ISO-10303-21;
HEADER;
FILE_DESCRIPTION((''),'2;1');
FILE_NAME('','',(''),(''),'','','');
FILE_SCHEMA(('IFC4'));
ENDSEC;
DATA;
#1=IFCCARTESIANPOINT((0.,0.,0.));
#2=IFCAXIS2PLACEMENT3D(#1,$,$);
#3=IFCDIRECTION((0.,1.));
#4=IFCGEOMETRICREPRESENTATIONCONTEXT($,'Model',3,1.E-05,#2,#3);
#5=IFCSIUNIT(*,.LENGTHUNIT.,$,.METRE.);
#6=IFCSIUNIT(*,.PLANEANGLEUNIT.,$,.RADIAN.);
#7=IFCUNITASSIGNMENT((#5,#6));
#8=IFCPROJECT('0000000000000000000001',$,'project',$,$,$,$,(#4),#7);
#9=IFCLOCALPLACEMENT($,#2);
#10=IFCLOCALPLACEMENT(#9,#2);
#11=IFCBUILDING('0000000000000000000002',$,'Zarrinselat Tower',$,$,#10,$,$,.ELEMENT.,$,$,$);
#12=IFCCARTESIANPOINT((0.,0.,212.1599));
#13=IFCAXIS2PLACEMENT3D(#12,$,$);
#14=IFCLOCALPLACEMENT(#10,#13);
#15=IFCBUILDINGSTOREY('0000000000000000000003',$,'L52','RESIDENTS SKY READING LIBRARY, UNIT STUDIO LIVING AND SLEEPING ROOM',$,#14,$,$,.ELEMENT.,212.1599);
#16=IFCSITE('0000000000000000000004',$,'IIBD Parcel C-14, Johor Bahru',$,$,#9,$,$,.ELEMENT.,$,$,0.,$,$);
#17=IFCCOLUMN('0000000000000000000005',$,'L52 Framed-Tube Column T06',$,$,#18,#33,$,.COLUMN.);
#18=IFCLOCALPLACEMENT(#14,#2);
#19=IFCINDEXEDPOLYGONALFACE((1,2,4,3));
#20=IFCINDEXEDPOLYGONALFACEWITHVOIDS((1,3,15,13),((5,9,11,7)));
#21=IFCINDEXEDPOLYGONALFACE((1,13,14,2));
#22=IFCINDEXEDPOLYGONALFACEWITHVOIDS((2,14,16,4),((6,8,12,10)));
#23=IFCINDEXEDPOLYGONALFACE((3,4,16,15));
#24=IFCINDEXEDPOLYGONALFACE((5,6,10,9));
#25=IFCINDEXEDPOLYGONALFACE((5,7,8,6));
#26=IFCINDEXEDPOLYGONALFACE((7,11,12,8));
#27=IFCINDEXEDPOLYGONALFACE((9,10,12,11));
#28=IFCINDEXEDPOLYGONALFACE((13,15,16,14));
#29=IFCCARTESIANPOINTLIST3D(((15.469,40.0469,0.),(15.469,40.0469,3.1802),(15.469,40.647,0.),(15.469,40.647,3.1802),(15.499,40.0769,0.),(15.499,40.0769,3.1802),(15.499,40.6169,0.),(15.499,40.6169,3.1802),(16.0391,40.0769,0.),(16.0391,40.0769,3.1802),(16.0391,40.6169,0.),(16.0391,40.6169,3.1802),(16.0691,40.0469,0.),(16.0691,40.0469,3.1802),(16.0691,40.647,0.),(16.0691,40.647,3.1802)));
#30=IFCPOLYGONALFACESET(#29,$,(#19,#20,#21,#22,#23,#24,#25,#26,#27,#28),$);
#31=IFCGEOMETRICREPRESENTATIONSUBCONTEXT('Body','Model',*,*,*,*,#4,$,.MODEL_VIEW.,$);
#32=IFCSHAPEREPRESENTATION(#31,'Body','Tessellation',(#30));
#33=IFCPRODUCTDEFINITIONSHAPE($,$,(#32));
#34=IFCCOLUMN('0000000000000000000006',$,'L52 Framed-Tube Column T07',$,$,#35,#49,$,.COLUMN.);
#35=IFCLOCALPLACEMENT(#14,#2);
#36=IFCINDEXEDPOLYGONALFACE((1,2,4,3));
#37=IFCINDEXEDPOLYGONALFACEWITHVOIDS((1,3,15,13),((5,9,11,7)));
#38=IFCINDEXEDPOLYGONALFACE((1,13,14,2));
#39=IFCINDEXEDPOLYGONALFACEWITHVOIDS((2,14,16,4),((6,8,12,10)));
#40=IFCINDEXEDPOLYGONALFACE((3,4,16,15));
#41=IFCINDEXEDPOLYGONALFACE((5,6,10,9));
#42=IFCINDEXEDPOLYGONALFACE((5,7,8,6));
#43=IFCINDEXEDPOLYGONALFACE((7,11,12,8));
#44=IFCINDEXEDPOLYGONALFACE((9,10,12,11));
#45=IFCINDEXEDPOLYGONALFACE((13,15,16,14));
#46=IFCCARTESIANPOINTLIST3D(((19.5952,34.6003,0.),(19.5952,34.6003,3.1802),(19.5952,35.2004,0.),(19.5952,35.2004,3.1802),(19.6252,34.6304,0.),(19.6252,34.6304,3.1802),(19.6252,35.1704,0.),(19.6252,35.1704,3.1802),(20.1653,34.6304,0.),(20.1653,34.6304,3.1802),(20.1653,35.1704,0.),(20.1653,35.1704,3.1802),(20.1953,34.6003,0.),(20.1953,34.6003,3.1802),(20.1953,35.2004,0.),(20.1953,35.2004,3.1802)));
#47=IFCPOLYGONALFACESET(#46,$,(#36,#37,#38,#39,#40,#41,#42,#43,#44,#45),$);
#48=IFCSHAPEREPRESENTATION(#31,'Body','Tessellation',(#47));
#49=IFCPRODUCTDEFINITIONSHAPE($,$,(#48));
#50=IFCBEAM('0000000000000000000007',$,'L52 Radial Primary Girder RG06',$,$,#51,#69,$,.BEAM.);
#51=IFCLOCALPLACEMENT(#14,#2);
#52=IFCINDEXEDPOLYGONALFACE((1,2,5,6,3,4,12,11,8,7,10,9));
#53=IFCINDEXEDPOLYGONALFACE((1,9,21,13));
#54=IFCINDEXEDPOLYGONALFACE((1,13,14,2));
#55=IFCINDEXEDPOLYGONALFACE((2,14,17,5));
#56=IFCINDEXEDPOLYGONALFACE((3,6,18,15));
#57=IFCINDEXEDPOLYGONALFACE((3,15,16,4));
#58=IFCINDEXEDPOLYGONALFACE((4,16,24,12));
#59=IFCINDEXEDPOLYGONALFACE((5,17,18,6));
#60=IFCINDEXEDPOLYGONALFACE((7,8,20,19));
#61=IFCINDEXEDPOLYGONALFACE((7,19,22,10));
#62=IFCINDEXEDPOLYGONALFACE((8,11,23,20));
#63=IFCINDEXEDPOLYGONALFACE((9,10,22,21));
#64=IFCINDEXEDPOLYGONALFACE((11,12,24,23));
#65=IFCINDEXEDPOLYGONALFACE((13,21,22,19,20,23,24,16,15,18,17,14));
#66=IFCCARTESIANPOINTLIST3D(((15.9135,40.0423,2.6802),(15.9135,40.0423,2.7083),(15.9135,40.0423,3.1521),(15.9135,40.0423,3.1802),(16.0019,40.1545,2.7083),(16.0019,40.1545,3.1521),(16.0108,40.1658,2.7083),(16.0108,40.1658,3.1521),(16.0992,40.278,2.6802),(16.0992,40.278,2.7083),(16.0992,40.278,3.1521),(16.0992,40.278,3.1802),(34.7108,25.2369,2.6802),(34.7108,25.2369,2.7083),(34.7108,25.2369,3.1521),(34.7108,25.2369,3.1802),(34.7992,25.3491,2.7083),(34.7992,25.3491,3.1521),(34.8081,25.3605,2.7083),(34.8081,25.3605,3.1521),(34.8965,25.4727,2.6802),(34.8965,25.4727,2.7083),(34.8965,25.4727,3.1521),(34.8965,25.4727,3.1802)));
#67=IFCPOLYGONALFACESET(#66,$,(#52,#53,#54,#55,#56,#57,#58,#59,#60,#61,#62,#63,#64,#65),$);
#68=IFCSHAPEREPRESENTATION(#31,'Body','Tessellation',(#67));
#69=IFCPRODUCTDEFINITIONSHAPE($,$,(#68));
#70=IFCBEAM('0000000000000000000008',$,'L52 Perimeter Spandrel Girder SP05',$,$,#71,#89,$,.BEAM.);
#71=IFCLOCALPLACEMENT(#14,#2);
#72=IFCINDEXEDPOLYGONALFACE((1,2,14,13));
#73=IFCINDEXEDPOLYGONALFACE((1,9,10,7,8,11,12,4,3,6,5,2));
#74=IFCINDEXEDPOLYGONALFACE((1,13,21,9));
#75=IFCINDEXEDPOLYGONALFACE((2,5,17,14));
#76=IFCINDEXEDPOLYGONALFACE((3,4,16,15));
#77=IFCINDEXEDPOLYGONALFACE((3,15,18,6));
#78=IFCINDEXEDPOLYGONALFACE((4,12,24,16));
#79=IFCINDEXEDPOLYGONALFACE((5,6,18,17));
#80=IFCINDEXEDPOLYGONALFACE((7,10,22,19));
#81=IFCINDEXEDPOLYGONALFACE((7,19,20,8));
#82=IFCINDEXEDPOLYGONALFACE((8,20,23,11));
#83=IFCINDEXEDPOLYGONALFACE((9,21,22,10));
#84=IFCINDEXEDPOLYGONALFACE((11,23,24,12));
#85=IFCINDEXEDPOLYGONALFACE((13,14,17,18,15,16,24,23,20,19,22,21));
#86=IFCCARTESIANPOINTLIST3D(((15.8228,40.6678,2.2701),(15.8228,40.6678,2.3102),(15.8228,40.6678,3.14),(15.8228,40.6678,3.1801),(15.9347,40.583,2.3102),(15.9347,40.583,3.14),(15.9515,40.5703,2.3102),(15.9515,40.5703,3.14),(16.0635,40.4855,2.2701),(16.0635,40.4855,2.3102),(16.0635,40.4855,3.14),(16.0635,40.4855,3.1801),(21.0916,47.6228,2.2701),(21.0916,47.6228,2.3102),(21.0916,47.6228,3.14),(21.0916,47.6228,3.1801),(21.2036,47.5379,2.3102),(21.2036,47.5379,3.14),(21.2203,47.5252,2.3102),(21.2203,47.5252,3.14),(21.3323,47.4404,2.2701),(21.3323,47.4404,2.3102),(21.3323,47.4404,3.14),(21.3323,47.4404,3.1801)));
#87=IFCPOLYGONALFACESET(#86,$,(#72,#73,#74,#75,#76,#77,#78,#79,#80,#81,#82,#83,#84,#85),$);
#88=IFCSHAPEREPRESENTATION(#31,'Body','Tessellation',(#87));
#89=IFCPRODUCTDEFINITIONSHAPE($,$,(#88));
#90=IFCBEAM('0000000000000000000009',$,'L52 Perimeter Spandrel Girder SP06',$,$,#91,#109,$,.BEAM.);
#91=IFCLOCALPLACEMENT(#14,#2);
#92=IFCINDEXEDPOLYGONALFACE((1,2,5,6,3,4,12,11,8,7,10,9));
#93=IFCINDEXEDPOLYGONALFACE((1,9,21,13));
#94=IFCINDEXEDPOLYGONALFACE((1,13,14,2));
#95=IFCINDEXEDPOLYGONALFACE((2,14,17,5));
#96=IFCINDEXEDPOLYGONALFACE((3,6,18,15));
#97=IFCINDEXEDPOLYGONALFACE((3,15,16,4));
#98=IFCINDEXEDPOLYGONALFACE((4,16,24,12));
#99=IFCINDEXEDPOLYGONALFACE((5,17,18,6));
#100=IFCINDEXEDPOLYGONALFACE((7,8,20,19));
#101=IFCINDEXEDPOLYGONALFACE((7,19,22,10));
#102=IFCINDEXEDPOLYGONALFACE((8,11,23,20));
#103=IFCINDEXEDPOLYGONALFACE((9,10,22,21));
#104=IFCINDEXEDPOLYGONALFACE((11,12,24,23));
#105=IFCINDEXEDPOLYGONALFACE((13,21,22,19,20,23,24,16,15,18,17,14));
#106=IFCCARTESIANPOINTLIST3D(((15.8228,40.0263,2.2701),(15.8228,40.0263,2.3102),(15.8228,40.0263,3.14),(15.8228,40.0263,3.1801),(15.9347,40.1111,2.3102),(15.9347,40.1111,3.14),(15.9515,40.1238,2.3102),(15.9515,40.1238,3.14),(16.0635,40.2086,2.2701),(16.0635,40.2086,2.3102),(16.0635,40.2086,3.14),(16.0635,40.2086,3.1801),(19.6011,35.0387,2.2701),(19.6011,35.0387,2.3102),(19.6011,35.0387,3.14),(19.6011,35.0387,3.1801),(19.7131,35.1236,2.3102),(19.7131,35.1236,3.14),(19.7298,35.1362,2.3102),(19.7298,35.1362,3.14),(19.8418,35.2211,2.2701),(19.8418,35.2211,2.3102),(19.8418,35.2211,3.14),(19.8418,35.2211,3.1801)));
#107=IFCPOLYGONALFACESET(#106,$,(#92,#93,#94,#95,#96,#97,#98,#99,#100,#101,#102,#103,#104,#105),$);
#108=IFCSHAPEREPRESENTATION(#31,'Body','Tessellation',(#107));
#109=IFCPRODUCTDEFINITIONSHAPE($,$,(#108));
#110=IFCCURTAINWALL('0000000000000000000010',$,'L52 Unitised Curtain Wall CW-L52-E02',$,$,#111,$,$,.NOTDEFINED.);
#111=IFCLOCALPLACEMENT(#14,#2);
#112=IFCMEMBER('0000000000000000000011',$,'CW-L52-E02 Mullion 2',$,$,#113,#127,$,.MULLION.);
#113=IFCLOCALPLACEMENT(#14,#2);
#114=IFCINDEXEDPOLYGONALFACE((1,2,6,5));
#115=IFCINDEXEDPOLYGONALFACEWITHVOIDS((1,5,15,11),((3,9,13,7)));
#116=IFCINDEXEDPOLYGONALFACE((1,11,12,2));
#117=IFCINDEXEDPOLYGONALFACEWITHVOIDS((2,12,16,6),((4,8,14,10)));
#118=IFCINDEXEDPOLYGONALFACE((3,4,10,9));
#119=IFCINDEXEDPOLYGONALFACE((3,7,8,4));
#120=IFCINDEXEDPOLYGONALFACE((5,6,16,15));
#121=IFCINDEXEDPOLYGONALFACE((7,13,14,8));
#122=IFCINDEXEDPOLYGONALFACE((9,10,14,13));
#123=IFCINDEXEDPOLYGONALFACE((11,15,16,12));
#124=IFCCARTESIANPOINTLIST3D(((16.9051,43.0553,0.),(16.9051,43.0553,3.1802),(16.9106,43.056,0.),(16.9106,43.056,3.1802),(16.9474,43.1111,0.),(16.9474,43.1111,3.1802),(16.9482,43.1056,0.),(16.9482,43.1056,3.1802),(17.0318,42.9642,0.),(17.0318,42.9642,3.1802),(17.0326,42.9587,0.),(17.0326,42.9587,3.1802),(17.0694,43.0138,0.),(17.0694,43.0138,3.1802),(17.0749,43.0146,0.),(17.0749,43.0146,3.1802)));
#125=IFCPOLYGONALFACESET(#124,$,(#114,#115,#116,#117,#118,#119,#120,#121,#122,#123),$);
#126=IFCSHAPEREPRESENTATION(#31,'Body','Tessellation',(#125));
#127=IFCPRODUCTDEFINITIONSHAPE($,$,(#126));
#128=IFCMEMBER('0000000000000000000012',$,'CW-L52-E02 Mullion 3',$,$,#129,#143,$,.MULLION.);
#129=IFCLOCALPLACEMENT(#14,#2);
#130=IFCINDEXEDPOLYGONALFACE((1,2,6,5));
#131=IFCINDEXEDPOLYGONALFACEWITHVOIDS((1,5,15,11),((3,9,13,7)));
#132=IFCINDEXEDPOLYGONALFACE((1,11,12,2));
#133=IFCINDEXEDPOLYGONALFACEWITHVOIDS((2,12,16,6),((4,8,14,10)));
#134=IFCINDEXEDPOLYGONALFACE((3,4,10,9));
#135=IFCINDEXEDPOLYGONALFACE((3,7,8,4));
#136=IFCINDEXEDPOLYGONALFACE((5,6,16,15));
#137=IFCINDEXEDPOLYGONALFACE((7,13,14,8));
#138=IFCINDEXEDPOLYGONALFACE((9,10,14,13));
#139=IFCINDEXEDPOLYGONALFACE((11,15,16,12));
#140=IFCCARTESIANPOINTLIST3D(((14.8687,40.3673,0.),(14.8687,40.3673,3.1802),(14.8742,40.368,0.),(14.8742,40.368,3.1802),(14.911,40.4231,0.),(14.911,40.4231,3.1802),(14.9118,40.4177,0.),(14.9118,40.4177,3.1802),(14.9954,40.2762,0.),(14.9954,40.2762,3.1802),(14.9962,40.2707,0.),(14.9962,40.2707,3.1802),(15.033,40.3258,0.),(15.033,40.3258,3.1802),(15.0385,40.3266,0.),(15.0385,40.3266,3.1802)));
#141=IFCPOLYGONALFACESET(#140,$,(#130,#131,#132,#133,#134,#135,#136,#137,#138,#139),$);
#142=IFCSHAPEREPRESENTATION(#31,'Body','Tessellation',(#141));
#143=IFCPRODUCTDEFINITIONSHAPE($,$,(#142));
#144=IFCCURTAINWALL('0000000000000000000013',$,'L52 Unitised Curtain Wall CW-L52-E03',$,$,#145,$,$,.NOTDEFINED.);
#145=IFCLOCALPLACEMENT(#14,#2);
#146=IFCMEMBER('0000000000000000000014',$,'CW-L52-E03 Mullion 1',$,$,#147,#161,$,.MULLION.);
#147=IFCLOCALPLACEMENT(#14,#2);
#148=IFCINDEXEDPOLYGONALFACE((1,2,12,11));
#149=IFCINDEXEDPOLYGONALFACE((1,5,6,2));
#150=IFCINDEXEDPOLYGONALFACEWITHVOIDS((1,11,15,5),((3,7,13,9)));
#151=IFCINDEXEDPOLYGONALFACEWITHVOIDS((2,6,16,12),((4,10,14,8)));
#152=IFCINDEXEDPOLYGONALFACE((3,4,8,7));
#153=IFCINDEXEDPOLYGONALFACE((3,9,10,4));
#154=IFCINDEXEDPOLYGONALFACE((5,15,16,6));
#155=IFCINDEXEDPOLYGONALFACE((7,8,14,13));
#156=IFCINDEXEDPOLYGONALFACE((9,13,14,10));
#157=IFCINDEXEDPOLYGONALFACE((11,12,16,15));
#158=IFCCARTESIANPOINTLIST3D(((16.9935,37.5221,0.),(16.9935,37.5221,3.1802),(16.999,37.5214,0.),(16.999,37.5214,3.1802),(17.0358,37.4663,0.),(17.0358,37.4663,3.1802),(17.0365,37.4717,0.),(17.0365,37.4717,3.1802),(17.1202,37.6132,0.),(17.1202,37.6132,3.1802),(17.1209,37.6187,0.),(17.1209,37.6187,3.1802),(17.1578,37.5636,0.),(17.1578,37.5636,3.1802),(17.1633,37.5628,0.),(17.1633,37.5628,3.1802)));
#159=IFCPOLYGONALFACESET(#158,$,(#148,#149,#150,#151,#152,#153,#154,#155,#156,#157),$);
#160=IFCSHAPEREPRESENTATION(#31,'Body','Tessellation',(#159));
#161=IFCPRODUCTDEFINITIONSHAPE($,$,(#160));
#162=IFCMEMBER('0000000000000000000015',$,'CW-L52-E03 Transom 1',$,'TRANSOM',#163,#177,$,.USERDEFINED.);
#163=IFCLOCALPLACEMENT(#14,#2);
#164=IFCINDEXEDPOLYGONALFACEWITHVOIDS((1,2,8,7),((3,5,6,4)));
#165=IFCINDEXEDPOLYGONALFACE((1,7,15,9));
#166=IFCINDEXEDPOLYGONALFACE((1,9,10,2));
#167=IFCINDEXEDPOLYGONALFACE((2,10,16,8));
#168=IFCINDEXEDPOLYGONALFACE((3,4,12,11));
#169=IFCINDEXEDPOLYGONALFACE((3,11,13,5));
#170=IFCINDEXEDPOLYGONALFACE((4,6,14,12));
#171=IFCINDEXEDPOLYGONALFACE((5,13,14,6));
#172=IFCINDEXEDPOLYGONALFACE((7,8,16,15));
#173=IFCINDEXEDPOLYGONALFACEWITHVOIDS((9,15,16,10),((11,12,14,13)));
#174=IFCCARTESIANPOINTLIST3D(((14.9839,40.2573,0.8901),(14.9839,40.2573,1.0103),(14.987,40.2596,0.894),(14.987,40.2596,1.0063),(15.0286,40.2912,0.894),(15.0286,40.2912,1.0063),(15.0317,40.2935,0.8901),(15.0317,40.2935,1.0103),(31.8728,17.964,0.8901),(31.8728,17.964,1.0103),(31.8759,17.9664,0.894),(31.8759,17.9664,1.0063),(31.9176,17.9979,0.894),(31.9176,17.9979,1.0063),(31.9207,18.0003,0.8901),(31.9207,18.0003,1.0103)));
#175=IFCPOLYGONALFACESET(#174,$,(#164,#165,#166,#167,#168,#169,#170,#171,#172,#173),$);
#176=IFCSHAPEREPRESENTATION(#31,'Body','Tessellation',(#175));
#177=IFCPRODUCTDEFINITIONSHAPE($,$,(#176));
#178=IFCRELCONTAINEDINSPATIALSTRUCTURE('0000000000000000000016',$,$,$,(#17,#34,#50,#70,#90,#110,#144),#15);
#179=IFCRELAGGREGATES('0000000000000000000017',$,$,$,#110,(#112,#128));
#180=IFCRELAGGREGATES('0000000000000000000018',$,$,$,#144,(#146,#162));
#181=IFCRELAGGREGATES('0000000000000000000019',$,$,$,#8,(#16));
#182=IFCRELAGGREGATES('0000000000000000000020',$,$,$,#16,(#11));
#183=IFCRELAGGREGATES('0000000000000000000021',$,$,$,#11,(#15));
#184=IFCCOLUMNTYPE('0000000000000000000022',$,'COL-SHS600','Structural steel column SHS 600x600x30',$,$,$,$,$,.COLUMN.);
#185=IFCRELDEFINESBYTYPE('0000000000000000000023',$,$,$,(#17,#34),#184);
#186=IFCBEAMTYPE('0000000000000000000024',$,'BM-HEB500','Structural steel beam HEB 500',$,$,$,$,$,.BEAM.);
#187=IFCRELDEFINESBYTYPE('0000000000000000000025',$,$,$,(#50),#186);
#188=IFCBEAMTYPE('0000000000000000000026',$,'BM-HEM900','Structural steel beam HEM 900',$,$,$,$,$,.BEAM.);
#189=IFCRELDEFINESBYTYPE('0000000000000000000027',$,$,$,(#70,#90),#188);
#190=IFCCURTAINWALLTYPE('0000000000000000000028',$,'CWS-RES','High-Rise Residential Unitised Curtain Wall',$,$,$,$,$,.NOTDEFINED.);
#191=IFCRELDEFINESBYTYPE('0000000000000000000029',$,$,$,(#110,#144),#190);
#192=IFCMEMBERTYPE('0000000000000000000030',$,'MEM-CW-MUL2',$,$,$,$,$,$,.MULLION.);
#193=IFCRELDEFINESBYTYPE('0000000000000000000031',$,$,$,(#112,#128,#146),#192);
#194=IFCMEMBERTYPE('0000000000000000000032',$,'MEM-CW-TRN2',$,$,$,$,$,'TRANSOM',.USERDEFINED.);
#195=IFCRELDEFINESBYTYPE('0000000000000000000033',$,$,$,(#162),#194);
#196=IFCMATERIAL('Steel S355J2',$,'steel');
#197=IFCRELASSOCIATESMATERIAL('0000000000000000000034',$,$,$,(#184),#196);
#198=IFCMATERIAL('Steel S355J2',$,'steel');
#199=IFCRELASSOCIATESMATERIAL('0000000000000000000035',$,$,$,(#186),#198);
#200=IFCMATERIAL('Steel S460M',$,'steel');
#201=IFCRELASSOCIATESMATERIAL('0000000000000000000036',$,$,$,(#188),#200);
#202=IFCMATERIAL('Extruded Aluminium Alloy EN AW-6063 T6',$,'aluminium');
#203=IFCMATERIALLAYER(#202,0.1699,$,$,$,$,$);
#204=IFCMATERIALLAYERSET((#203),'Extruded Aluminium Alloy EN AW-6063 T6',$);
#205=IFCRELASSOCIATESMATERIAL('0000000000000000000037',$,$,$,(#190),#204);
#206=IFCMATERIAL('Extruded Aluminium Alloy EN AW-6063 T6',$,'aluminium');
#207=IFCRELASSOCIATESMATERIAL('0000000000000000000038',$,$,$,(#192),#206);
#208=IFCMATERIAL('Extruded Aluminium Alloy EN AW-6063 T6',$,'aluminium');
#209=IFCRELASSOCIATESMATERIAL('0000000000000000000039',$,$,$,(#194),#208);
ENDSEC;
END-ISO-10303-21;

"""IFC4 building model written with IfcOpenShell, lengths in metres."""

from ifc_helpers import new_model, si_unit, direction, frame, origin, origin_2d, place, context, subcontext, project, spatial, hollow_rectangle, i_section, extrude, material, layer, layer_set, material_profile, profile_set, type_object, element, aggregate, save


model = new_model("IFC4")

# Units and contexts
model_context = context("Model", 3, precision=1e-05, world=origin(), true_north=direction((0.0, 1.0)))
body_context = subcontext(model_context, "Body", "Model", "MODEL_VIEW")
ifc_project = project(units=[si_unit("LENGTHUNIT", "METRE"), si_unit("PLANEANGLEUNIT", "RADIAN")], contexts=[model_context])

# Site, building, storey
site_placement = place(None, origin())
site = spatial("IfcSite", under=ifc_project, at=site_placement, Name="IIBD Parcel C-14, Johor Bahru", CompositionType="ELEMENT", RefElevation=0.0)
building_placement = place(site_placement, origin())
building = spatial("IfcBuilding", under=site, at=building_placement, Name="Zarrinselat Tower", CompositionType="ELEMENT")
storey_placement = place(building_placement, frame((0.0, 0.0, 212.1599)))
storey = spatial("IfcBuildingStorey", under=building, at=storey_placement, Name="L52", Description="RESIDENTS SKY READING LIBRARY, UNIT STUDIO LIVING AND SLEEPING ROOM", CompositionType="ELEMENT", Elevation=212.1599)

# Columns
ifc_material_1 = material(Name="Steel S355J2", Category="steel")
ifc_material_profile_1 = material_profile(ifc_material_1, hollow_rectangle(XDim=0.6001, YDim=0.6001, WallThickness=0.03, at=origin_2d()), Name="SHS 600x600x30")
ifc_profile_set_1 = profile_set([ifc_material_profile_1], Name="Steel S355J2")
column_type = type_object("IfcColumnType", Name="COL-SHS600", Description="Structural steel column SHS 600x600x30", PredefinedType="COLUMN", material=ifc_profile_set_1)
for number, where, z_axis, x_axis, name in (
    (1, (15.769, 40.3469, 0.0), (0.0, 0.0, 1.0), (1.0, 0.0, 0.0), "L52 Framed-Tube Column T06"),
    (2, (19.8953, 34.9004, 0.0), (0.0, 0.0, 1.0), (1.0, 0.0, 0.0), "L52 Framed-Tube Column T07"),
):
    element("IfcColumn", number, at=place(storey_placement, frame(where, z_axis=z_axis, x_axis=x_axis)), inside=storey, type_object=column_type, Name=name, PredefinedType="COLUMN", context=body_context, shape_type="SweptSolid", body=[
        extrude(hollow_rectangle(XDim=0.6001, YDim=0.6001, WallThickness=0.03, at=origin_2d()), origin(), (0.0, 0.0, 1.0), 3.1802),
    ])

# Beams
ifc_material_2 = material(Name="Steel S355J2", Category="steel")
ifc_material_profile_2 = material_profile(ifc_material_2, i_section(OverallWidth=0.3, OverallDepth=0.5, WebThickness=0.0144, FlangeThickness=0.0281, at=origin_2d()), Name="HEB 500")
ifc_profile_set_2 = profile_set([ifc_material_profile_2], Name="Steel S355J2")
beam_type_1 = type_object("IfcBeamType", Name="BM-HEB500", Description="Structural steel beam HEB 500", PredefinedType="BEAM", material=ifc_profile_set_2)
beam_1_placement = place(storey_placement, frame((16.0063, 40.1602, 2.9302), z_axis=(0.785586, -0.618753, 0.0), x_axis=(0.618753, 0.785586, 0.0)))
element("IfcBeam", 3, at=beam_1_placement, inside=storey, type_object=beam_type_1, Name="L52 Radial Primary Girder RG06", PredefinedType="BEAM", context=body_context, shape_type="SweptSolid", body=[
    extrude(i_section(OverallWidth=0.3, OverallDepth=0.5, WebThickness=0.0144, FlangeThickness=0.0281, at=origin_2d()), origin(), (0.0, 0.0, 1.0), 23.9277),
])
ifc_material_3 = material(Name="Steel S460M", Category="steel")
ifc_material_profile_3 = material_profile(ifc_material_3, i_section(OverallWidth=0.302, OverallDepth=0.9099, WebThickness=0.021, FlangeThickness=0.04, at=origin_2d()), Name="HEM 900")
ifc_profile_set_3 = profile_set([ifc_material_profile_3], Name="Steel S460M")
beam_type_2 = type_object("IfcBeamType", Name="BM-HEM900", Description="Structural steel beam HEM 900", PredefinedType="BEAM", material=ifc_profile_set_3)
beam_2_placement = place(storey_placement, frame((15.9431, 40.5767, 2.7251), z_axis=(0.603857, 0.797093, 0.0), x_axis=(-0.797093, 0.603857, 0.0)))
element("IfcBeam", 4, at=beam_2_placement, inside=storey, type_object=beam_type_2, Name="L52 Perimeter Spandrel Girder SP05", PredefinedType="BEAM", context=body_context, shape_type="SweptSolid", body=[
    extrude(i_section(OverallWidth=0.302, OverallDepth=0.9099, WebThickness=0.021, FlangeThickness=0.04, at=origin_2d()), origin(), (0.0, 0.0, 1.0), 8.7253),
])
beam_3_placement = place(storey_placement, frame((15.9431, 40.1174, 2.7251), z_axis=(0.603845, -0.797102, 0.0), x_axis=(0.797102, 0.603845, 0.0)))
element("IfcBeam", 5, at=beam_3_placement, inside=storey, type_object=beam_type_2, Name="L52 Perimeter Spandrel Girder SP06", PredefinedType="BEAM", context=body_context, shape_type="SweptSolid", body=[
    extrude(i_section(OverallWidth=0.302, OverallDepth=0.9099, WebThickness=0.021, FlangeThickness=0.04, at=origin_2d()), origin(), (0.0, 0.0, 1.0), 6.2571),
])

# Curtain walls, members
ifc_material_4 = material(Name="Extruded Aluminium Alloy EN AW-6063 T6", Category="aluminium")
ifc_layer_1 = layer(ifc_material_4, 0.1699)
ifc_layer_set_1 = layer_set([ifc_layer_1], Name="Extruded Aluminium Alloy EN AW-6063 T6")
curtain_wall_type = type_object("IfcCurtainWallType", Name="CWS-RES", Description="High-Rise Residential Unitised Curtain Wall", PredefinedType="NOTDEFINED", material=ifc_layer_set_1)
curtain_wall_1_placement = place(storey_placement, origin())
curtain_wall_1 = element("IfcCurtainWall", 6, at=curtain_wall_1_placement, inside=storey, type_object=curtain_wall_type, Name="L52 Unitised Curtain Wall CW-L52-E02", PredefinedType="NOTDEFINED")
ifc_material_5 = material(Name="Extruded Aluminium Alloy EN AW-6063 T6", Category="aluminium")
ifc_material_profile_4 = material_profile(ifc_material_5, hollow_rectangle(XDim=0.0701, YDim=0.1599, WallThickness=0.0039, at=origin_2d()), Name="RHS 160x70x4")
ifc_profile_set_4 = profile_set([ifc_material_profile_4], Name="Extruded Aluminium Alloy EN AW-6063 T6")
member_type_1 = type_object("IfcMemberType", Name="MEM-CW-MUL2", PredefinedType="MULLION", material=ifc_profile_set_4)
member_1_placement = place(storey_placement, frame((16.99, 43.0349, 0.0), z_axis=(0.0, 0.0, 1.0), x_axis=(-0.603854, -0.797095, 0.0)))
member_1 = element("IfcMember", 7, at=member_1_placement, type_object=member_type_1, Name="CW-L52-E02 Mullion 2", PredefinedType="MULLION", context=body_context, shape_type="SweptSolid", body=[
    extrude(hollow_rectangle(XDim=0.0701, YDim=0.1599, WallThickness=0.0039, at=origin_2d()), origin(), (0.0, 0.0, 1.0), 3.1802),
])
member_2_placement = place(storey_placement, frame((14.9536, 40.3469, 0.0), z_axis=(0.0, 0.0, 1.0), x_axis=(-0.603854, -0.797095, 0.0)))
member_2 = element("IfcMember", 8, at=member_2_placement, type_object=member_type_1, Name="CW-L52-E02 Mullion 3", PredefinedType="MULLION", context=body_context, shape_type="SweptSolid", body=[
    extrude(hollow_rectangle(XDim=0.0701, YDim=0.1599, WallThickness=0.0039, at=origin_2d()), origin(), (0.0, 0.0, 1.0), 3.1802),
])
curtain_wall_2_placement = place(storey_placement, origin())
curtain_wall_2 = element("IfcCurtainWall", 9, at=curtain_wall_2_placement, inside=storey, type_object=curtain_wall_type, Name="L52 Unitised Curtain Wall CW-L52-E03", PredefinedType="NOTDEFINED")
member_3_placement = place(storey_placement, frame((17.0784, 37.5425, 0.0), z_axis=(0.0, 0.0, 1.0), x_axis=(0.603859, -0.797091, 0.0)))
member_3 = element("IfcMember", 10, at=member_3_placement, type_object=member_type_1, Name="CW-L52-E03 Mullion 1", PredefinedType="MULLION", context=body_context, shape_type="SweptSolid", body=[
    extrude(hollow_rectangle(XDim=0.0701, YDim=0.1599, WallThickness=0.0039, at=origin_2d()), origin(), (0.0, 0.0, 1.0), 3.1802),
])
ifc_material_6 = material(Name="Extruded Aluminium Alloy EN AW-6063 T6", Category="aluminium")
ifc_material_profile_5 = material_profile(ifc_material_6, hollow_rectangle(XDim=0.0601, YDim=0.1201, WallThickness=0.0039, at=origin_2d()), Name="RHS 120x60x4")
ifc_profile_set_5 = profile_set([ifc_material_profile_5], Name="Extruded Aluminium Alloy EN AW-6063 T6")
member_type_2 = type_object("IfcMemberType", Name="MEM-CW-TRN2", ElementType="TRANSOM", PredefinedType="USERDEFINED", material=ifc_profile_set_5)
member_4_placement = place(storey_placement, frame((15.0078, 40.2754, 0.9502), z_axis=(0.60386, -0.79709, 0.0), x_axis=(0.79709, 0.60386, 0.0)))
member_4 = element("IfcMember", 11, at=member_4_placement, type_object=member_type_2, Name="CW-L52-E03 Transom 1", ObjectType="TRANSOM", PredefinedType="USERDEFINED", context=body_context, shape_type="SweptSolid", body=[
    extrude(hollow_rectangle(XDim=0.0601, YDim=0.1201, WallThickness=0.0039, at=origin_2d()), origin(), (0.0, 0.0, 1.0), 27.9683),
])

aggregate(curtain_wall_1, [member_1, member_2])
aggregate(curtain_wall_2, [member_3, member_4])

save(model, "model.ifc")
